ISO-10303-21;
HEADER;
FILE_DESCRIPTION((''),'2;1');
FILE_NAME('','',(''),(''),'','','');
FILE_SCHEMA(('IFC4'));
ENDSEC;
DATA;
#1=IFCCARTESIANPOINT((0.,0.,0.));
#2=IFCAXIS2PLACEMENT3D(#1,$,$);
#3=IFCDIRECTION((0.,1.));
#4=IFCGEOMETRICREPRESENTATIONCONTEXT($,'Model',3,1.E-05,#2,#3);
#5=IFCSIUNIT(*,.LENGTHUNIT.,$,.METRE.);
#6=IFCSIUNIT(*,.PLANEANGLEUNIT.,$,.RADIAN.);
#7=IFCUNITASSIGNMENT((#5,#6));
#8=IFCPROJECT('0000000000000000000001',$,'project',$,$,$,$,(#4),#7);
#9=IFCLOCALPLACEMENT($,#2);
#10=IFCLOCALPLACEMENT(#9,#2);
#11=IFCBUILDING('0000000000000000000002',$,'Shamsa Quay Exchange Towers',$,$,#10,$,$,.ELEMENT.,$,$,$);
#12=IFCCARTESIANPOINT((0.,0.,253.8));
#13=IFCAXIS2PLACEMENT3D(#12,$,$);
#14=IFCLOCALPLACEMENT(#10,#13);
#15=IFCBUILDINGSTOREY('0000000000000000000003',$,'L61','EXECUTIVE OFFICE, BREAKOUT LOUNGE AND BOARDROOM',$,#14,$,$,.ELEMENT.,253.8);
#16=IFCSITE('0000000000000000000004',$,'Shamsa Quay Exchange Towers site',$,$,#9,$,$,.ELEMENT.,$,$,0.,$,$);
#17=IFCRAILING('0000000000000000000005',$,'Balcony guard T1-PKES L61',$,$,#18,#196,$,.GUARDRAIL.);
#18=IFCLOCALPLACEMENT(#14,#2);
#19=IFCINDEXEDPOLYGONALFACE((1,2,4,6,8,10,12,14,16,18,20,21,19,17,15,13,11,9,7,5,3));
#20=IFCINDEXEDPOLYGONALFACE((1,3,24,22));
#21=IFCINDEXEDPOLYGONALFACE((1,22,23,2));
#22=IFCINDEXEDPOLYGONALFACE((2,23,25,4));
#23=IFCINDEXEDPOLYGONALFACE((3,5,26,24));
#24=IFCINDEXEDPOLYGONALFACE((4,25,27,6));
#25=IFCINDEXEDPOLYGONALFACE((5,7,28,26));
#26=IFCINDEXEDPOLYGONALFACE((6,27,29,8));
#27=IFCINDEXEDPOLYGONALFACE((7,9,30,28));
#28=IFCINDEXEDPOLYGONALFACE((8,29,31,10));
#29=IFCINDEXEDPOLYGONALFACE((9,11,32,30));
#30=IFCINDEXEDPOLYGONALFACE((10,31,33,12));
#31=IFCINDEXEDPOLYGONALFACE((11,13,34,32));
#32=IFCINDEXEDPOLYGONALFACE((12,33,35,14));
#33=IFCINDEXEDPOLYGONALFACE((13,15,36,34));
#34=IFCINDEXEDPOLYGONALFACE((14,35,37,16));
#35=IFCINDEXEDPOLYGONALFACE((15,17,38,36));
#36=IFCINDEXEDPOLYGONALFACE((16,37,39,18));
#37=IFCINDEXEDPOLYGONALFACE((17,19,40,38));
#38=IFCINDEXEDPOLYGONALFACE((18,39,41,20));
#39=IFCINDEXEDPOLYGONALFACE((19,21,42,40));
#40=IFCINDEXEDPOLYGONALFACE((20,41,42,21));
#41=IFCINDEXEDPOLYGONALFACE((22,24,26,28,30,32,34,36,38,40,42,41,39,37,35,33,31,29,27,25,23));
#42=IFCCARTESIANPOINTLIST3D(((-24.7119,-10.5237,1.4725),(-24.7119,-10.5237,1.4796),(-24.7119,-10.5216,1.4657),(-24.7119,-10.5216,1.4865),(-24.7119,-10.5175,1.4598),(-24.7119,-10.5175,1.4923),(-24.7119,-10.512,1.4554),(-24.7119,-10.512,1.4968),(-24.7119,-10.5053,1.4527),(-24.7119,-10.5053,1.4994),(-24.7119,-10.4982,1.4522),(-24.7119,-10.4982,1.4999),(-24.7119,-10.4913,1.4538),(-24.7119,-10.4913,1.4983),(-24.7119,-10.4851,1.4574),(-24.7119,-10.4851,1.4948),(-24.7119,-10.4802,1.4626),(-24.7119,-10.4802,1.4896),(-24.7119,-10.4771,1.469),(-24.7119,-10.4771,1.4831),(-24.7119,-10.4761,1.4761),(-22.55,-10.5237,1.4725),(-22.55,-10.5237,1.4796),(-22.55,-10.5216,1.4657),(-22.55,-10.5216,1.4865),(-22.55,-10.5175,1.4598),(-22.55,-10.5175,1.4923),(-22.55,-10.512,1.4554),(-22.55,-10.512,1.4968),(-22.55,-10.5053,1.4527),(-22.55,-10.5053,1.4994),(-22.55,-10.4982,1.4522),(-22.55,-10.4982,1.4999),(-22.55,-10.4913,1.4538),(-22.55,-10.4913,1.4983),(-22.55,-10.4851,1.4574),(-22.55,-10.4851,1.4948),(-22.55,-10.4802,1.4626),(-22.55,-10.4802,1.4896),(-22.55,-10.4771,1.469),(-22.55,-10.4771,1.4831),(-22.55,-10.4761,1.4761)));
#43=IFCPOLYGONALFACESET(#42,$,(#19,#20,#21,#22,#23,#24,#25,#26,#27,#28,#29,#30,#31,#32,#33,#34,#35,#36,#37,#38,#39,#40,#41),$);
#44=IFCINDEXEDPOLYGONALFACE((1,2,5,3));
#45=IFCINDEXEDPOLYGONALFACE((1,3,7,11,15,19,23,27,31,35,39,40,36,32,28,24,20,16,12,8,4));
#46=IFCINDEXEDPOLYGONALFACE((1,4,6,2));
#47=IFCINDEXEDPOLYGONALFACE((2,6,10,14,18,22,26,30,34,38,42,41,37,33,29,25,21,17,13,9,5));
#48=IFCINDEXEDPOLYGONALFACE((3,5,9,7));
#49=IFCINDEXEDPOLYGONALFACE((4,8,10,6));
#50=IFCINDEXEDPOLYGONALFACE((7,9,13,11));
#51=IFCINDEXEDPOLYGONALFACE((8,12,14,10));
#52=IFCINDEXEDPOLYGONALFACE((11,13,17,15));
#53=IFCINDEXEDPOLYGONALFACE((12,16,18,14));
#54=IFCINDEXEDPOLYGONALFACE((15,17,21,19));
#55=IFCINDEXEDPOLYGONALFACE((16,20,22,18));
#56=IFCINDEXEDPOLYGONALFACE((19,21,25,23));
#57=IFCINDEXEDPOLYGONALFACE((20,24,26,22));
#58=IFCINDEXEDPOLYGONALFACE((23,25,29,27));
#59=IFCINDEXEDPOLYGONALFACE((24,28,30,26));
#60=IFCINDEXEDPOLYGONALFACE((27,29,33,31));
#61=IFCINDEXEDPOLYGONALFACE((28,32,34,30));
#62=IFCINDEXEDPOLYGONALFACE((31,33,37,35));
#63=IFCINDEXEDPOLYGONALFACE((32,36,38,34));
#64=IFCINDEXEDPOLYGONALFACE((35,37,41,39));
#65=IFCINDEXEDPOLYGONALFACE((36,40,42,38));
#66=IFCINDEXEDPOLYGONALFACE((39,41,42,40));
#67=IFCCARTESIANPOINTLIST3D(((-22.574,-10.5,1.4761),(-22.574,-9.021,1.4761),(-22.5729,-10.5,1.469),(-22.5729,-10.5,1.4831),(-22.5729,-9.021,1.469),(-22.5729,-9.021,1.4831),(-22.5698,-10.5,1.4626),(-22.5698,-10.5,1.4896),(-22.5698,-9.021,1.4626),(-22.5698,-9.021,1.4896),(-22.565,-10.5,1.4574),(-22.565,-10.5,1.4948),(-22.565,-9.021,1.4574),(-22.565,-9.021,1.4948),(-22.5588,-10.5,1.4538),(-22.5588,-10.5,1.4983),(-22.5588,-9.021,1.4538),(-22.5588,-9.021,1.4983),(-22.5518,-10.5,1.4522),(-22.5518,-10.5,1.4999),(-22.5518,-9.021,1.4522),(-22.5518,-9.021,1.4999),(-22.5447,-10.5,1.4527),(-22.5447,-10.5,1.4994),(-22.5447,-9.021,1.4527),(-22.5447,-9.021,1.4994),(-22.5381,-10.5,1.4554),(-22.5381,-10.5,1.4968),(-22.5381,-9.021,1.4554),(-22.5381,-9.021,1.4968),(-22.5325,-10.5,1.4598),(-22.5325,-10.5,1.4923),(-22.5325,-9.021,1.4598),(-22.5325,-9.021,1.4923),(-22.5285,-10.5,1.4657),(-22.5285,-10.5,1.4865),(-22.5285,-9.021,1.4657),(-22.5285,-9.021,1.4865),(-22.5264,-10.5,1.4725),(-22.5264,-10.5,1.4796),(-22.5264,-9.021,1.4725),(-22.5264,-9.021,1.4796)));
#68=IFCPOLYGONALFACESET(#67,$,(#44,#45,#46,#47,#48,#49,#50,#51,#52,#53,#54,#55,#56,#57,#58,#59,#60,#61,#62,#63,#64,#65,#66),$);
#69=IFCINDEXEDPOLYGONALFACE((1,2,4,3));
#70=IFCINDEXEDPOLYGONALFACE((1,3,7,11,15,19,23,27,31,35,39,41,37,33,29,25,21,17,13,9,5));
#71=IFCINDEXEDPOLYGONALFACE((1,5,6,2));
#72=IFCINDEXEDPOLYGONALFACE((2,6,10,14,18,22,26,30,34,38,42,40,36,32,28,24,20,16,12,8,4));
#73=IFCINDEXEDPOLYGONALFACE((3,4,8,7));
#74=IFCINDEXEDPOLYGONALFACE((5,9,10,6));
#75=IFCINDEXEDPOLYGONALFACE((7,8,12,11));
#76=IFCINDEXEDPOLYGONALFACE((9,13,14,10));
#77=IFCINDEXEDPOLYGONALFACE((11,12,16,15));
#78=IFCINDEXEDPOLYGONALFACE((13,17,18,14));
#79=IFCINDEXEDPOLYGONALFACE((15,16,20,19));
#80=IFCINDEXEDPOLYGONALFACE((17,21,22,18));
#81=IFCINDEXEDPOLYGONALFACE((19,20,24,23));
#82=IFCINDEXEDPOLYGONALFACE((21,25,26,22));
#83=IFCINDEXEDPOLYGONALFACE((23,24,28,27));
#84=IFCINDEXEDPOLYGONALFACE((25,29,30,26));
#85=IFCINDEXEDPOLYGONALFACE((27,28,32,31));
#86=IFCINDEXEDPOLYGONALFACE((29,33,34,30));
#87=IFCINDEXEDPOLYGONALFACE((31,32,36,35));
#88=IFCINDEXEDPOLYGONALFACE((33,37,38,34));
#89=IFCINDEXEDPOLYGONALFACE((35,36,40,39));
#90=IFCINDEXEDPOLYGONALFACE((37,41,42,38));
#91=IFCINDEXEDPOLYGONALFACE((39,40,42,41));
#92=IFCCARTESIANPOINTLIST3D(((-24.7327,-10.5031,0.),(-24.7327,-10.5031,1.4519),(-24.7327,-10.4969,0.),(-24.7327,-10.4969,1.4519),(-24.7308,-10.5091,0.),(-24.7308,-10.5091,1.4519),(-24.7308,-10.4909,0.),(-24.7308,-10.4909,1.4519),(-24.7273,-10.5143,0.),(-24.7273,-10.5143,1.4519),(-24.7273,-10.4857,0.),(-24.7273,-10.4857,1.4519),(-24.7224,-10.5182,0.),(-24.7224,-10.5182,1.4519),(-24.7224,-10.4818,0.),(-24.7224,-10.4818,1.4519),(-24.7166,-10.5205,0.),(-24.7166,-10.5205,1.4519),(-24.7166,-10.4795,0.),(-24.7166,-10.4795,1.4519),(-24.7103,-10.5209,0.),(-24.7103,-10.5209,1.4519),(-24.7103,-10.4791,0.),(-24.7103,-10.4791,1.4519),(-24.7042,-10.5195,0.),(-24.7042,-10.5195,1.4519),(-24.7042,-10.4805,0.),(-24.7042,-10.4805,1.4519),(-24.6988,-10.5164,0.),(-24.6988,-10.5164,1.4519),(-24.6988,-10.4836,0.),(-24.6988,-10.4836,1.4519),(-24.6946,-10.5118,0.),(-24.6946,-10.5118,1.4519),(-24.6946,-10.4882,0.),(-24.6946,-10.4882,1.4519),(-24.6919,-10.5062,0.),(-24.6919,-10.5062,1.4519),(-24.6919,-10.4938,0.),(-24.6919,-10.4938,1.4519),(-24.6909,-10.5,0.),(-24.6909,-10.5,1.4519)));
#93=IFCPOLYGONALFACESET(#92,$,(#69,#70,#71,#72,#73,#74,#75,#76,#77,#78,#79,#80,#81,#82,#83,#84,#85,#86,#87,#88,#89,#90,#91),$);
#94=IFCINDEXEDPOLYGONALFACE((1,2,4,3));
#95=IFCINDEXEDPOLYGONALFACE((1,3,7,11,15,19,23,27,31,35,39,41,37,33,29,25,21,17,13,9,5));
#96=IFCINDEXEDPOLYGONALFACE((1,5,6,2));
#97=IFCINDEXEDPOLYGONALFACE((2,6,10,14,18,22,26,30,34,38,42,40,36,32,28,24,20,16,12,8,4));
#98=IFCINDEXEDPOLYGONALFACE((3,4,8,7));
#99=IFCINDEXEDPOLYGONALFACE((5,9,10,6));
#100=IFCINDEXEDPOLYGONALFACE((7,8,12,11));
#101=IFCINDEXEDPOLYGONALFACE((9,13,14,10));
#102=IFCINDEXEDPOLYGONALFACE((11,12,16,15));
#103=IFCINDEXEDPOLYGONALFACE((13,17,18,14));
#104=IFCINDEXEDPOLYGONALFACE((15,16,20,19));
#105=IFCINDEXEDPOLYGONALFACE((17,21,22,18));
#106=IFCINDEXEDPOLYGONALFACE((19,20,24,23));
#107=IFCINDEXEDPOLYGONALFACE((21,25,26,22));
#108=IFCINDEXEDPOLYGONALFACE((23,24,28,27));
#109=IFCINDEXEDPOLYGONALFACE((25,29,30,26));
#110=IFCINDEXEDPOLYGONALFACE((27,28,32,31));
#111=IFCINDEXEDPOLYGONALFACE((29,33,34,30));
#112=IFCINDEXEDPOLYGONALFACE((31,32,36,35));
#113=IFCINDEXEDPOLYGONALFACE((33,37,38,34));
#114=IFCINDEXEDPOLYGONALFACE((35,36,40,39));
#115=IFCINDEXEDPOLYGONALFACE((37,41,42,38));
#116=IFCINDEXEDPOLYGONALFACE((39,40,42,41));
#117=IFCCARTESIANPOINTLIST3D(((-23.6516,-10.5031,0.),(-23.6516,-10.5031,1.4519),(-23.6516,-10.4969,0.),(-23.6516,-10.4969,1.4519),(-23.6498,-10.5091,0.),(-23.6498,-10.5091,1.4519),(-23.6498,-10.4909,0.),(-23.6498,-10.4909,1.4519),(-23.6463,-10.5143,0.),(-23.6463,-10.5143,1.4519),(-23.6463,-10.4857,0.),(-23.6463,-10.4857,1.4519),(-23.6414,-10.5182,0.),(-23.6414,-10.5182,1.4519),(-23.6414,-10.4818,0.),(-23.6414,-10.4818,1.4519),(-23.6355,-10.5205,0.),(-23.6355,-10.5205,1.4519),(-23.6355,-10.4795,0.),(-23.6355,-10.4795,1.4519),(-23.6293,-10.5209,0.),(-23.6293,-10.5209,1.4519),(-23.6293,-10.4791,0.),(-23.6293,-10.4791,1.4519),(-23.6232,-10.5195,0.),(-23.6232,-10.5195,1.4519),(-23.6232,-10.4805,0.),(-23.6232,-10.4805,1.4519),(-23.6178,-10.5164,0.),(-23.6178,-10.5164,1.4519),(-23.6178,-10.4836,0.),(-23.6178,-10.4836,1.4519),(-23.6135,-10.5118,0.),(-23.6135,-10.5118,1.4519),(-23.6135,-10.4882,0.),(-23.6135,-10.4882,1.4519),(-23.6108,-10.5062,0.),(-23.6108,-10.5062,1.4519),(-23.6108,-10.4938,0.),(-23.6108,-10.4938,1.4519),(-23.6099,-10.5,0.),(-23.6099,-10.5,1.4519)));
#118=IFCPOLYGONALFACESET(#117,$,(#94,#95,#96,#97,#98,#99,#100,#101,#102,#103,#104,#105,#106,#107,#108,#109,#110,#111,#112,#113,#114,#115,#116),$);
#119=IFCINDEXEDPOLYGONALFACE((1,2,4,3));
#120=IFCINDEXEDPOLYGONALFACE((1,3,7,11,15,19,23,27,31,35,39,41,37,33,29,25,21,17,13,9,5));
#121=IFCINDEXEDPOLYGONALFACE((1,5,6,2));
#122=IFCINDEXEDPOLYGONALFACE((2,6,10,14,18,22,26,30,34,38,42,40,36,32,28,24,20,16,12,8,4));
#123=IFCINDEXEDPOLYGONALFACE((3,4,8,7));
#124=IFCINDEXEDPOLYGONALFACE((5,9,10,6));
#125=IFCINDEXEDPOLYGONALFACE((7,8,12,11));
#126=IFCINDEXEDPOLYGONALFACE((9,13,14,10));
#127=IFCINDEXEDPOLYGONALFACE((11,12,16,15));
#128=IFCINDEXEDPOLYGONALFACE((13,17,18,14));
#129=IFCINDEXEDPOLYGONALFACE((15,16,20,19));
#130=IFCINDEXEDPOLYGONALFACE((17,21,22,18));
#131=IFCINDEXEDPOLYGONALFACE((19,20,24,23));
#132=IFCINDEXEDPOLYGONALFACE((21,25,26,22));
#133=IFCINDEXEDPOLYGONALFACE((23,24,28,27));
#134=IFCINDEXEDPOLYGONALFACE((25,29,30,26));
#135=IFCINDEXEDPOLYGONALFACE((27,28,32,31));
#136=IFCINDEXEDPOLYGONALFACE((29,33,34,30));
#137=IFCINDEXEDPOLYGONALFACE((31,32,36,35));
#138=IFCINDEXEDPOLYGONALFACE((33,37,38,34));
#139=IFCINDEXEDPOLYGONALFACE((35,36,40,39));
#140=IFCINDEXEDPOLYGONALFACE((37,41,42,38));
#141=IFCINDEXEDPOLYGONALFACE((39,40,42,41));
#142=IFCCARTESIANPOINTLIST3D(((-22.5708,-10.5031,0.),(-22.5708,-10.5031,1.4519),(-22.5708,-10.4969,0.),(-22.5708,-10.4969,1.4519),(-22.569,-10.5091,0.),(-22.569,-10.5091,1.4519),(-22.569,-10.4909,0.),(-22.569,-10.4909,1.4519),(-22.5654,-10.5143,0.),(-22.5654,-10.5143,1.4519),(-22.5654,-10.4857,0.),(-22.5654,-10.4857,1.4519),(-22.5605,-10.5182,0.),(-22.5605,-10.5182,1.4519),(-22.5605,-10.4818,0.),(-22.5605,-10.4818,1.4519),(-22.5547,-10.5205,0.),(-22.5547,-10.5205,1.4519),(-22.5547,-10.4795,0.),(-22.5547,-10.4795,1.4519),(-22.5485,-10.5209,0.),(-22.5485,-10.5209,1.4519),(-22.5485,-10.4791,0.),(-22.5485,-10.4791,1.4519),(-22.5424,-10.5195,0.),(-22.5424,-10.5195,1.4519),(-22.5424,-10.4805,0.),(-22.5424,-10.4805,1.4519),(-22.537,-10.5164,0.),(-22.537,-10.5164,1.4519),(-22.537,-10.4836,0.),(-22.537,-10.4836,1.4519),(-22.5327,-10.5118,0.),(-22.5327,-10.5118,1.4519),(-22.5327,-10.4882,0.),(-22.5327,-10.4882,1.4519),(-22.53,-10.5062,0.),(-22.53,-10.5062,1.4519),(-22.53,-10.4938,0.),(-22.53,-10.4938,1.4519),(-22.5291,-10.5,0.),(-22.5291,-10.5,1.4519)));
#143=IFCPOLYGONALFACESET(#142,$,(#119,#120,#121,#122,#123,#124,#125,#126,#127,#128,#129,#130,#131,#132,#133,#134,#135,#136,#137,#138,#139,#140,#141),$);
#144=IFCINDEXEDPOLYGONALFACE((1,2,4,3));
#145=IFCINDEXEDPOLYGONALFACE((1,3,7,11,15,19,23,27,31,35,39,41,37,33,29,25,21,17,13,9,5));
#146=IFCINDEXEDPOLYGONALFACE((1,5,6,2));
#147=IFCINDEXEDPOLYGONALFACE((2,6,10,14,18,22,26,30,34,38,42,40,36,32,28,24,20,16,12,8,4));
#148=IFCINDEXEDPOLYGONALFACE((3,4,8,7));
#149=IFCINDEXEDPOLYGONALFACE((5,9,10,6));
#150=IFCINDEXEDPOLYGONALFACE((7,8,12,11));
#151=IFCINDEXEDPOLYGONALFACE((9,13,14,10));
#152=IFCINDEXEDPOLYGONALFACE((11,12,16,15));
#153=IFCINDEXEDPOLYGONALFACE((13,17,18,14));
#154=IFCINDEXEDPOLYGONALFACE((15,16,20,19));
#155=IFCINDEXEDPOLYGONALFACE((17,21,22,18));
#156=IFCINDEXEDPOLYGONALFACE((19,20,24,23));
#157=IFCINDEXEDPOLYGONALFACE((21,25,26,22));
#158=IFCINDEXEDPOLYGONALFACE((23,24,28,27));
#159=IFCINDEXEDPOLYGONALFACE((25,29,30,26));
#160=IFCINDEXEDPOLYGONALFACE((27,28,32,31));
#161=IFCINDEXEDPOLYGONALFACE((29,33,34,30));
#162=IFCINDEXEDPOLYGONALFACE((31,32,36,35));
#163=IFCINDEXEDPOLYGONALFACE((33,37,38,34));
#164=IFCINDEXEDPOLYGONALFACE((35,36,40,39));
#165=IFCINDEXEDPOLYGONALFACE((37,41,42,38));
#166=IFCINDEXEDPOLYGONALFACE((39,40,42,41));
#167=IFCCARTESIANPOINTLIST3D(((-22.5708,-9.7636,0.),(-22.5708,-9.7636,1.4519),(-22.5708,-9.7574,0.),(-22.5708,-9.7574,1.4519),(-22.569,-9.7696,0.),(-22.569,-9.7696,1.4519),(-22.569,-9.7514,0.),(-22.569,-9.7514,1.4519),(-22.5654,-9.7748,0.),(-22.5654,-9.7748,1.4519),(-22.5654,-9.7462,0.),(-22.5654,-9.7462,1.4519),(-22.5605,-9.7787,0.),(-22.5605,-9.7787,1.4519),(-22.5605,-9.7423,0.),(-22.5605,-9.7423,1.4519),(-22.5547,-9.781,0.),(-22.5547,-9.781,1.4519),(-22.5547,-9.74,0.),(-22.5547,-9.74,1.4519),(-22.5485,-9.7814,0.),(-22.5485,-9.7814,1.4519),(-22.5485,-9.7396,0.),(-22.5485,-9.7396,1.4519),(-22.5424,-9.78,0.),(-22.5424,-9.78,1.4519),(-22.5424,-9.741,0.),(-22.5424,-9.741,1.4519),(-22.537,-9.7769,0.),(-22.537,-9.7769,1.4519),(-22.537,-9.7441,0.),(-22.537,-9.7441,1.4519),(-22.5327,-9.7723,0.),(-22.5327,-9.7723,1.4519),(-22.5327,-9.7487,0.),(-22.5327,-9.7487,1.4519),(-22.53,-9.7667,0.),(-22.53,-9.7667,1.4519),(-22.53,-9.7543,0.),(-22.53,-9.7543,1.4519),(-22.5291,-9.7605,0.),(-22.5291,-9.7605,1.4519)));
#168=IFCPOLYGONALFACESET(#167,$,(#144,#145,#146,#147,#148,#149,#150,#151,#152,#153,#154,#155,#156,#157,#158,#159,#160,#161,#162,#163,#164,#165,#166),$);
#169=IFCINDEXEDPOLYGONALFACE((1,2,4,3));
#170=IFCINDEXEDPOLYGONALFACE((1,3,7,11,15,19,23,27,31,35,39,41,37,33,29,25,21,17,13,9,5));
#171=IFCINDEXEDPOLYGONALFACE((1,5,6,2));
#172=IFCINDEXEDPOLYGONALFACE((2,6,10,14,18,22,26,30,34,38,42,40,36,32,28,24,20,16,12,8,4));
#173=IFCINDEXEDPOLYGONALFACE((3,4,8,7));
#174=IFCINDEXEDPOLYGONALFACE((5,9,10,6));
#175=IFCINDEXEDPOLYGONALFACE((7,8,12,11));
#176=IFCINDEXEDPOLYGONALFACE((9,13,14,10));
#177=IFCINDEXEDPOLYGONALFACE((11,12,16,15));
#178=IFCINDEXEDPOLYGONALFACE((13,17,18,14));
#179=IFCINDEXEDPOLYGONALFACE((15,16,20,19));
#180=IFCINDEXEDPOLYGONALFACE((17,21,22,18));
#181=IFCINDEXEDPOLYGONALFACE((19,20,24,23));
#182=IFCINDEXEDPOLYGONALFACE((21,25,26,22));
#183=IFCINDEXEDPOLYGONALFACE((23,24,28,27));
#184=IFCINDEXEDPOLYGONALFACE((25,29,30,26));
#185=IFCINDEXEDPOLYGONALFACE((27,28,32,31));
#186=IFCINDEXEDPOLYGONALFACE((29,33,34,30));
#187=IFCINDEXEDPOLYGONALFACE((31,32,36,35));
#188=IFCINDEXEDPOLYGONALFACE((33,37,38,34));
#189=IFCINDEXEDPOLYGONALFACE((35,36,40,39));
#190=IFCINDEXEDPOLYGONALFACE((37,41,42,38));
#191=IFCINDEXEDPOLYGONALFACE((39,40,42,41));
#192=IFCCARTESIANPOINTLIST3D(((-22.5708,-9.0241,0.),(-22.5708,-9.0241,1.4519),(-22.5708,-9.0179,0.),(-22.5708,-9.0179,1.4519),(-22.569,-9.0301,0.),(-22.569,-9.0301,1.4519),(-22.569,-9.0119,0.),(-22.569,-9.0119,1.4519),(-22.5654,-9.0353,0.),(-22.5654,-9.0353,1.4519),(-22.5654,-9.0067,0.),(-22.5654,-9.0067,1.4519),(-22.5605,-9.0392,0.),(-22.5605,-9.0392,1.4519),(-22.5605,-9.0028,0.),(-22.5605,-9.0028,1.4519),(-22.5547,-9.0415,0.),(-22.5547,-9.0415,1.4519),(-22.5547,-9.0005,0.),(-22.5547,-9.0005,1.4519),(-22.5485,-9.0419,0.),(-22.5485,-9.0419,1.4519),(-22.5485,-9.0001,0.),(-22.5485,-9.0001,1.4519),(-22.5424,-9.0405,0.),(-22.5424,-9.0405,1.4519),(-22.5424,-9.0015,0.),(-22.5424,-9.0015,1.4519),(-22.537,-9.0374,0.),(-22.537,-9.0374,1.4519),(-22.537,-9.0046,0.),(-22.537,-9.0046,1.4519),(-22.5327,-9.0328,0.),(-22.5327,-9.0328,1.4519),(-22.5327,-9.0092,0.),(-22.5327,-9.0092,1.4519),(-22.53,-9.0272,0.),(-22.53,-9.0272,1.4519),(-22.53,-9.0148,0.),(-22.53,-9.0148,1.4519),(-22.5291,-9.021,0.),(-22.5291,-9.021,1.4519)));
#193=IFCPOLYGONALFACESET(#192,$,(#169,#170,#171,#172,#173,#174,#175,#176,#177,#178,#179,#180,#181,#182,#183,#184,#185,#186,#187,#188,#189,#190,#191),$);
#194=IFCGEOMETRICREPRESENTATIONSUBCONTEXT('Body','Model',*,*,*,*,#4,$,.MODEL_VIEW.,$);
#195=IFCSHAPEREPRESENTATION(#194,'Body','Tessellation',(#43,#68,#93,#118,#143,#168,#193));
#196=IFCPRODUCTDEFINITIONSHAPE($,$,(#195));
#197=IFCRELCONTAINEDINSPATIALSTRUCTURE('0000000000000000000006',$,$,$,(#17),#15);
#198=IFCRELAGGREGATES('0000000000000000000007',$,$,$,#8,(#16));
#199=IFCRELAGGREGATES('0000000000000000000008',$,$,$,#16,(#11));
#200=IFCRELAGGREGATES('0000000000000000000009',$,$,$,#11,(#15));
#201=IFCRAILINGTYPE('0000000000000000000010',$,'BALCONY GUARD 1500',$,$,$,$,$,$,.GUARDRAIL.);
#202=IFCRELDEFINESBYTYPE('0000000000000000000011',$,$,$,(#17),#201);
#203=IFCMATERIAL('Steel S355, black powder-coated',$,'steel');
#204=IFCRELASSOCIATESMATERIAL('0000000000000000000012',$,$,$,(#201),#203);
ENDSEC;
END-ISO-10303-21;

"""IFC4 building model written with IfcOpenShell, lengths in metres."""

from ifc_helpers import new_model, si_unit, direction, frame, origin, origin_2d, place, context, subcontext, project, spatial, circle, extrude, material, type_object, element, save


model = new_model("IFC4")

# Units and contexts
model_context = context("Model", 3, precision=1e-05, world=origin(), true_north=direction((0.0, 1.0)))
body_context = subcontext(model_context, "Body", "Model", "MODEL_VIEW")
ifc_project = project(units=[si_unit("LENGTHUNIT", "METRE"), si_unit("PLANEANGLEUNIT", "RADIAN")], contexts=[model_context])

# Site, building, storey
site_placement = place(None, origin())
site = spatial("IfcSite", under=ifc_project, at=site_placement, Name="Shamsa Quay Exchange Towers site", CompositionType="ELEMENT", RefElevation=0.0)
building_placement = place(site_placement, origin())
building = spatial("IfcBuilding", under=site, at=building_placement, Name="Shamsa Quay Exchange Towers", CompositionType="ELEMENT")
storey_placement = place(building_placement, frame((0.0, 0.0, 253.8)))
storey = spatial("IfcBuildingStorey", under=building, at=storey_placement, Name="L61", Description="EXECUTIVE OFFICE, BREAKOUT LOUNGE AND BOARDROOM", CompositionType="ELEMENT", Elevation=253.8)

# Railing
ifc_material_1 = material(Name="Steel S355, black powder-coated", Category="steel")
railing_type_1 = type_object("IfcRailingType", Name="BALCONY GUARD 1500", PredefinedType="GUARDRAIL", material=ifc_material_1)
for number, where, name in (
    (1, (-24.7119, -10.5, 0.0), "Balcony guard T1-PKES L61"),
):
    element("IfcRailing", number, at=place(storey_placement, frame(where)), inside=storey, type_object=railing_type_1, Name=name, PredefinedType="GUARDRAIL", context=body_context, shape_type="SweptSolid", body=[
        extrude(circle(Radius=0.0239, at=origin_2d()), frame((0.0, 0.0, 1.4761), z_axis=(1.0, 0.0, 0.0), x_axis=(0.0, 1.0, 0.0)), (0.0, 0.0, 1.0), 2.1619),
        extrude(circle(Radius=0.0239, at=origin_2d()), frame((2.1619, 0.0, 1.4761), z_axis=(0.0, 1.0, 0.0), x_axis=(-1.0, 0.0, 0.0)), (0.0, 0.0, 1.0), 1.479),
        extrude(circle(Radius=0.021, at=origin_2d()), origin(), (0.0, 0.0, 1.0), 1.4519),
        extrude(circle(Radius=0.021, at=origin_2d()), frame((1.0811, 0.0, 0.0)), (0.0, 0.0, 1.0), 1.4519),
        extrude(circle(Radius=0.021, at=origin_2d()), frame((2.1619, 0.0, 0.0)), (0.0, 0.0, 1.0), 1.4519),
        extrude(circle(Radius=0.021, at=origin_2d()), frame((2.1619, 0.7395, 0.0)), (0.0, 0.0, 1.0), 1.4519),
        extrude(circle(Radius=0.021, at=origin_2d()), frame((2.1619, 1.479, 0.0)), (0.0, 0.0, 1.0), 1.4519),
    ])

save(model, "model.ifc")
